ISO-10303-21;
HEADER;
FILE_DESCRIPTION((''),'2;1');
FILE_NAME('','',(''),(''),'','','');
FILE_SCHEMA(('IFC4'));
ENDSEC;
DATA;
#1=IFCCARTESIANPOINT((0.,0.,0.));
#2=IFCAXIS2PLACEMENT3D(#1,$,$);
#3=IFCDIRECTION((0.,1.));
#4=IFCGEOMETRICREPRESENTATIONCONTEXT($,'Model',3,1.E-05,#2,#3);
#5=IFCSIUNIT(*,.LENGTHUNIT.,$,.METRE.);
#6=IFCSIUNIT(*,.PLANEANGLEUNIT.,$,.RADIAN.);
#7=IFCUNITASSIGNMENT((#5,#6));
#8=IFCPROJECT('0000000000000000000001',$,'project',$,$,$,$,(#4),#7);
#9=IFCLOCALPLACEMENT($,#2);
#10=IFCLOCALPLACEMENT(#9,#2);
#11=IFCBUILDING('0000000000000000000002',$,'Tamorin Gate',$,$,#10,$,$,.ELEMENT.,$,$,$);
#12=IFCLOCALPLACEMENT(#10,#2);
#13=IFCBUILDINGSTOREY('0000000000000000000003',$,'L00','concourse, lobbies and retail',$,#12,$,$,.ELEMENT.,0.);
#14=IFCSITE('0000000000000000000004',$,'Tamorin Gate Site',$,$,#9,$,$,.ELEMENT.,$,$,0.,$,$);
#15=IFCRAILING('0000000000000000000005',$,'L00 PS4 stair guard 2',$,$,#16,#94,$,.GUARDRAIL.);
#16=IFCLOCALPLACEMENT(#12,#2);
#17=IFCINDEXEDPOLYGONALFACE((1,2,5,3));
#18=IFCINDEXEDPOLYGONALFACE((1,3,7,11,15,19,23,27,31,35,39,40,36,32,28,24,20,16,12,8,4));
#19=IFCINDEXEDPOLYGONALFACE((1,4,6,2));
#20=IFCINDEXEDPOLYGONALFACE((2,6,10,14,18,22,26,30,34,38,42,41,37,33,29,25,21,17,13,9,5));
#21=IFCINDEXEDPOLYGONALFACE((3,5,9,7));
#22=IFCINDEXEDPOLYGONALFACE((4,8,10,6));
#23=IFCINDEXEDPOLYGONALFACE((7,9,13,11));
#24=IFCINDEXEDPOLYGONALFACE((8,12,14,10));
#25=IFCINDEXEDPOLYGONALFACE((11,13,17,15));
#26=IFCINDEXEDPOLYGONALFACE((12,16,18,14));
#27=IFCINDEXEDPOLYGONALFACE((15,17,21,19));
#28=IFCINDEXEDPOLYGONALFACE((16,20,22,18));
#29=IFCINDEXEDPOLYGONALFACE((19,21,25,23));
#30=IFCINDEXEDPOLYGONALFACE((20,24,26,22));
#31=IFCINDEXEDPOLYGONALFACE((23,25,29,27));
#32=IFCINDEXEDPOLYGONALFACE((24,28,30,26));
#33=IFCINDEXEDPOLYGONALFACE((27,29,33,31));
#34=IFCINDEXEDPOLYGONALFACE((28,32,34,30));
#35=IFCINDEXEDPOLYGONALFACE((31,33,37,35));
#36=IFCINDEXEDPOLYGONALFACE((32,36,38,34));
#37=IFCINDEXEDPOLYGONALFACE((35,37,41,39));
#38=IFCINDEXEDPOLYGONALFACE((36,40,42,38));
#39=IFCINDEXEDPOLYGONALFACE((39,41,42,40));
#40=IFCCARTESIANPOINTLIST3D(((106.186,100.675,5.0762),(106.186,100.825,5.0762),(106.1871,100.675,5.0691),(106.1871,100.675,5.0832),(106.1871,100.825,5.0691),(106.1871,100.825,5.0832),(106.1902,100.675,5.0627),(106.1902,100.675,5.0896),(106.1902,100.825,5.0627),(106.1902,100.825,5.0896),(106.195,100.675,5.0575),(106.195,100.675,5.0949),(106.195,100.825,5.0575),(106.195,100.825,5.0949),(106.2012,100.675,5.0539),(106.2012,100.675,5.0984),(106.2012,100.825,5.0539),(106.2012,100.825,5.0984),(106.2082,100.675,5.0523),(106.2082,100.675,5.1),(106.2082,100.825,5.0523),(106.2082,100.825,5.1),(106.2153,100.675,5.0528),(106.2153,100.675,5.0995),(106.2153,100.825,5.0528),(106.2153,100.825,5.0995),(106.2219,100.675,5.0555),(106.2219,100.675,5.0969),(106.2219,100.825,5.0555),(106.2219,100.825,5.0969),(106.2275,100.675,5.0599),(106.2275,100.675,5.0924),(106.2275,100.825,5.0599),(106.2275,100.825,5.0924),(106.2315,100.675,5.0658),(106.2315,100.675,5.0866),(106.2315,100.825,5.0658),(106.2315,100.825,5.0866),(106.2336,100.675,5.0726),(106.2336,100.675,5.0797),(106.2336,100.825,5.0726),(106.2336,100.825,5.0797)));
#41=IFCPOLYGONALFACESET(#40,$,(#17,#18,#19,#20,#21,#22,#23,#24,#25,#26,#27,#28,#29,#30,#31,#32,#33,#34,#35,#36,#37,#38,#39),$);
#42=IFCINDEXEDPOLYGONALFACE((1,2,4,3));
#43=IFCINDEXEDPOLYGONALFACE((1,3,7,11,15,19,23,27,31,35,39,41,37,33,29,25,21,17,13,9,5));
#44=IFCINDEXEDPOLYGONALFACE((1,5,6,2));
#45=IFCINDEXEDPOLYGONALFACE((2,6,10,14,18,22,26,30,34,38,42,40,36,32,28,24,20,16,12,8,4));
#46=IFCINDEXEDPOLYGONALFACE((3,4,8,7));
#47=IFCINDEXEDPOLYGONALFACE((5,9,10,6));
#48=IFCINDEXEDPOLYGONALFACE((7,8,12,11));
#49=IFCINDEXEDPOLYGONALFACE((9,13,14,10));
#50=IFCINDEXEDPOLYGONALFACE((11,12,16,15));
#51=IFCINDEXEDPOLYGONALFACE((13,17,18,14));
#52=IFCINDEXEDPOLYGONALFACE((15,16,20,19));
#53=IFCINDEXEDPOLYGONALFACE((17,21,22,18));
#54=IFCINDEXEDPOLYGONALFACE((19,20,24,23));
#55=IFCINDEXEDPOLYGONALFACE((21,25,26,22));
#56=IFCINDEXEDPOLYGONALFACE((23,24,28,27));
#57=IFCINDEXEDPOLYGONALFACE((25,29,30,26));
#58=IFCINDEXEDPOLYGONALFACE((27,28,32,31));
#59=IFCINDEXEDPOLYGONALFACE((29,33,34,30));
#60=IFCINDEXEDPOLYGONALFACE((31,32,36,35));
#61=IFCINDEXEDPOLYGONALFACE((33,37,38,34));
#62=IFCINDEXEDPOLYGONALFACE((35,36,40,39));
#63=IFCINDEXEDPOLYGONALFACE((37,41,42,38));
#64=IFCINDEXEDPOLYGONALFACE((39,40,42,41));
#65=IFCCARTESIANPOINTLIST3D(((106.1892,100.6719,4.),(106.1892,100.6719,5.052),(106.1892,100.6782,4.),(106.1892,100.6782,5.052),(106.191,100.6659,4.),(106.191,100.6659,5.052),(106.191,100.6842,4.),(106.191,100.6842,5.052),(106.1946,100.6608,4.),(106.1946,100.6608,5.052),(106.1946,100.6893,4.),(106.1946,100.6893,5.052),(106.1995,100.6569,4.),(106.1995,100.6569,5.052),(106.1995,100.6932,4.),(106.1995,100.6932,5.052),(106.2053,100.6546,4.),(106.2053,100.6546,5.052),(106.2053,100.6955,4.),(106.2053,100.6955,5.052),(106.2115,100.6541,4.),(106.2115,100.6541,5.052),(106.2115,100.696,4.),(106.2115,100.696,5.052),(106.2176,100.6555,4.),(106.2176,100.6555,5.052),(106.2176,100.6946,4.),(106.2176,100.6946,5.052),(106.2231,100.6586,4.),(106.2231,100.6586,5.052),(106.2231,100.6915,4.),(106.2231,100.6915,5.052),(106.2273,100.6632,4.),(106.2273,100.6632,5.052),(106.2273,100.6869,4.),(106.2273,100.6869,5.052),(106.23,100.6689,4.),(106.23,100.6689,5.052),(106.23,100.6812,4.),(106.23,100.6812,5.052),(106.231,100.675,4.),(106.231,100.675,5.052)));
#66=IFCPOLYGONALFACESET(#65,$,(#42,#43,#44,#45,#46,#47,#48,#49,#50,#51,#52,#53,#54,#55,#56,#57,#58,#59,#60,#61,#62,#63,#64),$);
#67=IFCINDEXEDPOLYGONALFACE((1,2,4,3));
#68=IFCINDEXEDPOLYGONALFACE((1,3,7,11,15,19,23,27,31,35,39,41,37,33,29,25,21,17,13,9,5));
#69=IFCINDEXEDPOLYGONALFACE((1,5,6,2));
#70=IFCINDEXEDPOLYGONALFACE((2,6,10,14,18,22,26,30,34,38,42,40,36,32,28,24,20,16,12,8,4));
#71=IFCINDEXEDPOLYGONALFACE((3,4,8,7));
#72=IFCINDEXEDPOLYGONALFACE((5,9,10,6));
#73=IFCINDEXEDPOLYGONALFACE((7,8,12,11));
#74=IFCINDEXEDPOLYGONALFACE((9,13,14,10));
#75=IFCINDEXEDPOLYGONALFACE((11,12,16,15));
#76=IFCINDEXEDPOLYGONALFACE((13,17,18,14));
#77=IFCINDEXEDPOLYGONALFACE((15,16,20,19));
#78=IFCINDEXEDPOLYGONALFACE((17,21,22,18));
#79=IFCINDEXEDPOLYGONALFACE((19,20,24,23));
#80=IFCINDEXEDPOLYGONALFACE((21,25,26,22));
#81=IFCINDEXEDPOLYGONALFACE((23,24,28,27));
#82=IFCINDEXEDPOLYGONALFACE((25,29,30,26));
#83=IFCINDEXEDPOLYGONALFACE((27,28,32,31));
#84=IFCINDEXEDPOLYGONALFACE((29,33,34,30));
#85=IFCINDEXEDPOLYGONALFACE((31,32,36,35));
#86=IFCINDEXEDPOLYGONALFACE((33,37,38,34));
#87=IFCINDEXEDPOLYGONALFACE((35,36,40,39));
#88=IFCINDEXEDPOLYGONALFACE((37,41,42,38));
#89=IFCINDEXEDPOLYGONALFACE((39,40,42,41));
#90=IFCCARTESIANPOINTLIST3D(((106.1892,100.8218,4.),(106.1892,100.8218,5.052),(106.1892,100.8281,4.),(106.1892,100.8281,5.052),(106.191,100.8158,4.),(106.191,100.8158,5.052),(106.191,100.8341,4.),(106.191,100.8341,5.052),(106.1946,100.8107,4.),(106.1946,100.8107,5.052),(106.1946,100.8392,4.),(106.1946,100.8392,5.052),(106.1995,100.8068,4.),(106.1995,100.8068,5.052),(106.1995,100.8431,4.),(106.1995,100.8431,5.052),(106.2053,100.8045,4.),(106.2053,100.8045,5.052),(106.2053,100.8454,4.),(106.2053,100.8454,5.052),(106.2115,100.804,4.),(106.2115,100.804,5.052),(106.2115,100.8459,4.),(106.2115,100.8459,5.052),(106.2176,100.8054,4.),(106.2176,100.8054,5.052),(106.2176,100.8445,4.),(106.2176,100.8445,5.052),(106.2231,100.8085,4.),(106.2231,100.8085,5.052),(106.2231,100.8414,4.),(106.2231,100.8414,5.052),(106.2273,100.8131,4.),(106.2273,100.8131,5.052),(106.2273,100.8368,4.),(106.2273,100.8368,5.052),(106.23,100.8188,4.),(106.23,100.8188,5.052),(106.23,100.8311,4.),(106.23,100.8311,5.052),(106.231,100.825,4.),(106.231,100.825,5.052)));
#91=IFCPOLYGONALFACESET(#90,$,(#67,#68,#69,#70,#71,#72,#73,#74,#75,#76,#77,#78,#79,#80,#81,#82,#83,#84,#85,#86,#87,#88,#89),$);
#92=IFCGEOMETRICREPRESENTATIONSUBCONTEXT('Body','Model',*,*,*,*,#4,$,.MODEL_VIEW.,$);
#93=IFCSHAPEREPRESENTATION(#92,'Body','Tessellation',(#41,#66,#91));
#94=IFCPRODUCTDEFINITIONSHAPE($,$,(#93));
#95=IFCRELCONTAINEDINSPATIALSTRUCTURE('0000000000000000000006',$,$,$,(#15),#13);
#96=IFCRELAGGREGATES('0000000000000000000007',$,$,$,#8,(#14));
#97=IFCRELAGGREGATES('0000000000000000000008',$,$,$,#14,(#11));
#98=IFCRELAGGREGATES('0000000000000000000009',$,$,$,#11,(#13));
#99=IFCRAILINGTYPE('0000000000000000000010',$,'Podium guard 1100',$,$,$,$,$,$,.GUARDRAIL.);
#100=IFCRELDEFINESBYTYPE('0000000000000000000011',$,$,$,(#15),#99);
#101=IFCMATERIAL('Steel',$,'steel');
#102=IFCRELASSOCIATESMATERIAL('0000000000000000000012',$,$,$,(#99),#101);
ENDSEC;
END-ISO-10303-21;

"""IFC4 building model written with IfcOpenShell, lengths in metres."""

from ifc_helpers import new_model, si_unit, direction, frame, origin, origin_2d, place, context, subcontext, project, spatial, circle, extrude, material, type_object, element, save


model = new_model("IFC4")

# Units and contexts
model_context = context("Model", 3, precision=1e-05, world=origin(), true_north=direction((0.0, 1.0)))
body_context = subcontext(model_context, "Body", "Model", "MODEL_VIEW")
ifc_project = project(units=[si_unit("LENGTHUNIT", "METRE"), si_unit("PLANEANGLEUNIT", "RADIAN")], contexts=[model_context])

# Site, building, storey
site_placement = place(None, origin())
site = spatial("IfcSite", under=ifc_project, at=site_placement, Name="Tamorin Gate Site", CompositionType="ELEMENT", RefElevation=0.0)
building_placement = place(site_placement, origin())
building = spatial("IfcBuilding", under=site, at=building_placement, Name="Tamorin Gate", CompositionType="ELEMENT")
storey_placement = place(building_placement, origin())
storey = spatial("IfcBuildingStorey", under=building, at=storey_placement, Name="L00", Description="concourse, lobbies and retail", CompositionType="ELEMENT", Elevation=0.0)

# Railing
ifc_material_1 = material(Name="Steel", Category="steel")
railing_type_1 = type_object("IfcRailingType", Name="Podium guard 1100", PredefinedType="GUARDRAIL", material=ifc_material_1)
railing_1_placement = place(storey_placement, frame((106.21, 100.675, 4.0)))
element("IfcRailing", 1, at=railing_1_placement, inside=storey, type_object=railing_type_1, Name="L00 PS4 stair guard 2", PredefinedType="GUARDRAIL", context=body_context, shape_type="SweptSolid", body=[
    extrude(circle(Radius=0.0239, at=origin_2d()), frame((0.0, 0.0, 1.0762), z_axis=(0.0, 1.0, 0.0), x_axis=(-1.0, 0.0, 0.0)), (0.0, 0.0, 1.0), 0.1499),
    extrude(circle(Radius=0.021, at=origin_2d()), origin(), (0.0, 0.0, 1.0), 1.052),
    extrude(circle(Radius=0.021, at=origin_2d()), frame((0.0, 0.1499, 0.0)), (0.0, 0.0, 1.0), 1.052),
])

save(model, "model.ifc")
